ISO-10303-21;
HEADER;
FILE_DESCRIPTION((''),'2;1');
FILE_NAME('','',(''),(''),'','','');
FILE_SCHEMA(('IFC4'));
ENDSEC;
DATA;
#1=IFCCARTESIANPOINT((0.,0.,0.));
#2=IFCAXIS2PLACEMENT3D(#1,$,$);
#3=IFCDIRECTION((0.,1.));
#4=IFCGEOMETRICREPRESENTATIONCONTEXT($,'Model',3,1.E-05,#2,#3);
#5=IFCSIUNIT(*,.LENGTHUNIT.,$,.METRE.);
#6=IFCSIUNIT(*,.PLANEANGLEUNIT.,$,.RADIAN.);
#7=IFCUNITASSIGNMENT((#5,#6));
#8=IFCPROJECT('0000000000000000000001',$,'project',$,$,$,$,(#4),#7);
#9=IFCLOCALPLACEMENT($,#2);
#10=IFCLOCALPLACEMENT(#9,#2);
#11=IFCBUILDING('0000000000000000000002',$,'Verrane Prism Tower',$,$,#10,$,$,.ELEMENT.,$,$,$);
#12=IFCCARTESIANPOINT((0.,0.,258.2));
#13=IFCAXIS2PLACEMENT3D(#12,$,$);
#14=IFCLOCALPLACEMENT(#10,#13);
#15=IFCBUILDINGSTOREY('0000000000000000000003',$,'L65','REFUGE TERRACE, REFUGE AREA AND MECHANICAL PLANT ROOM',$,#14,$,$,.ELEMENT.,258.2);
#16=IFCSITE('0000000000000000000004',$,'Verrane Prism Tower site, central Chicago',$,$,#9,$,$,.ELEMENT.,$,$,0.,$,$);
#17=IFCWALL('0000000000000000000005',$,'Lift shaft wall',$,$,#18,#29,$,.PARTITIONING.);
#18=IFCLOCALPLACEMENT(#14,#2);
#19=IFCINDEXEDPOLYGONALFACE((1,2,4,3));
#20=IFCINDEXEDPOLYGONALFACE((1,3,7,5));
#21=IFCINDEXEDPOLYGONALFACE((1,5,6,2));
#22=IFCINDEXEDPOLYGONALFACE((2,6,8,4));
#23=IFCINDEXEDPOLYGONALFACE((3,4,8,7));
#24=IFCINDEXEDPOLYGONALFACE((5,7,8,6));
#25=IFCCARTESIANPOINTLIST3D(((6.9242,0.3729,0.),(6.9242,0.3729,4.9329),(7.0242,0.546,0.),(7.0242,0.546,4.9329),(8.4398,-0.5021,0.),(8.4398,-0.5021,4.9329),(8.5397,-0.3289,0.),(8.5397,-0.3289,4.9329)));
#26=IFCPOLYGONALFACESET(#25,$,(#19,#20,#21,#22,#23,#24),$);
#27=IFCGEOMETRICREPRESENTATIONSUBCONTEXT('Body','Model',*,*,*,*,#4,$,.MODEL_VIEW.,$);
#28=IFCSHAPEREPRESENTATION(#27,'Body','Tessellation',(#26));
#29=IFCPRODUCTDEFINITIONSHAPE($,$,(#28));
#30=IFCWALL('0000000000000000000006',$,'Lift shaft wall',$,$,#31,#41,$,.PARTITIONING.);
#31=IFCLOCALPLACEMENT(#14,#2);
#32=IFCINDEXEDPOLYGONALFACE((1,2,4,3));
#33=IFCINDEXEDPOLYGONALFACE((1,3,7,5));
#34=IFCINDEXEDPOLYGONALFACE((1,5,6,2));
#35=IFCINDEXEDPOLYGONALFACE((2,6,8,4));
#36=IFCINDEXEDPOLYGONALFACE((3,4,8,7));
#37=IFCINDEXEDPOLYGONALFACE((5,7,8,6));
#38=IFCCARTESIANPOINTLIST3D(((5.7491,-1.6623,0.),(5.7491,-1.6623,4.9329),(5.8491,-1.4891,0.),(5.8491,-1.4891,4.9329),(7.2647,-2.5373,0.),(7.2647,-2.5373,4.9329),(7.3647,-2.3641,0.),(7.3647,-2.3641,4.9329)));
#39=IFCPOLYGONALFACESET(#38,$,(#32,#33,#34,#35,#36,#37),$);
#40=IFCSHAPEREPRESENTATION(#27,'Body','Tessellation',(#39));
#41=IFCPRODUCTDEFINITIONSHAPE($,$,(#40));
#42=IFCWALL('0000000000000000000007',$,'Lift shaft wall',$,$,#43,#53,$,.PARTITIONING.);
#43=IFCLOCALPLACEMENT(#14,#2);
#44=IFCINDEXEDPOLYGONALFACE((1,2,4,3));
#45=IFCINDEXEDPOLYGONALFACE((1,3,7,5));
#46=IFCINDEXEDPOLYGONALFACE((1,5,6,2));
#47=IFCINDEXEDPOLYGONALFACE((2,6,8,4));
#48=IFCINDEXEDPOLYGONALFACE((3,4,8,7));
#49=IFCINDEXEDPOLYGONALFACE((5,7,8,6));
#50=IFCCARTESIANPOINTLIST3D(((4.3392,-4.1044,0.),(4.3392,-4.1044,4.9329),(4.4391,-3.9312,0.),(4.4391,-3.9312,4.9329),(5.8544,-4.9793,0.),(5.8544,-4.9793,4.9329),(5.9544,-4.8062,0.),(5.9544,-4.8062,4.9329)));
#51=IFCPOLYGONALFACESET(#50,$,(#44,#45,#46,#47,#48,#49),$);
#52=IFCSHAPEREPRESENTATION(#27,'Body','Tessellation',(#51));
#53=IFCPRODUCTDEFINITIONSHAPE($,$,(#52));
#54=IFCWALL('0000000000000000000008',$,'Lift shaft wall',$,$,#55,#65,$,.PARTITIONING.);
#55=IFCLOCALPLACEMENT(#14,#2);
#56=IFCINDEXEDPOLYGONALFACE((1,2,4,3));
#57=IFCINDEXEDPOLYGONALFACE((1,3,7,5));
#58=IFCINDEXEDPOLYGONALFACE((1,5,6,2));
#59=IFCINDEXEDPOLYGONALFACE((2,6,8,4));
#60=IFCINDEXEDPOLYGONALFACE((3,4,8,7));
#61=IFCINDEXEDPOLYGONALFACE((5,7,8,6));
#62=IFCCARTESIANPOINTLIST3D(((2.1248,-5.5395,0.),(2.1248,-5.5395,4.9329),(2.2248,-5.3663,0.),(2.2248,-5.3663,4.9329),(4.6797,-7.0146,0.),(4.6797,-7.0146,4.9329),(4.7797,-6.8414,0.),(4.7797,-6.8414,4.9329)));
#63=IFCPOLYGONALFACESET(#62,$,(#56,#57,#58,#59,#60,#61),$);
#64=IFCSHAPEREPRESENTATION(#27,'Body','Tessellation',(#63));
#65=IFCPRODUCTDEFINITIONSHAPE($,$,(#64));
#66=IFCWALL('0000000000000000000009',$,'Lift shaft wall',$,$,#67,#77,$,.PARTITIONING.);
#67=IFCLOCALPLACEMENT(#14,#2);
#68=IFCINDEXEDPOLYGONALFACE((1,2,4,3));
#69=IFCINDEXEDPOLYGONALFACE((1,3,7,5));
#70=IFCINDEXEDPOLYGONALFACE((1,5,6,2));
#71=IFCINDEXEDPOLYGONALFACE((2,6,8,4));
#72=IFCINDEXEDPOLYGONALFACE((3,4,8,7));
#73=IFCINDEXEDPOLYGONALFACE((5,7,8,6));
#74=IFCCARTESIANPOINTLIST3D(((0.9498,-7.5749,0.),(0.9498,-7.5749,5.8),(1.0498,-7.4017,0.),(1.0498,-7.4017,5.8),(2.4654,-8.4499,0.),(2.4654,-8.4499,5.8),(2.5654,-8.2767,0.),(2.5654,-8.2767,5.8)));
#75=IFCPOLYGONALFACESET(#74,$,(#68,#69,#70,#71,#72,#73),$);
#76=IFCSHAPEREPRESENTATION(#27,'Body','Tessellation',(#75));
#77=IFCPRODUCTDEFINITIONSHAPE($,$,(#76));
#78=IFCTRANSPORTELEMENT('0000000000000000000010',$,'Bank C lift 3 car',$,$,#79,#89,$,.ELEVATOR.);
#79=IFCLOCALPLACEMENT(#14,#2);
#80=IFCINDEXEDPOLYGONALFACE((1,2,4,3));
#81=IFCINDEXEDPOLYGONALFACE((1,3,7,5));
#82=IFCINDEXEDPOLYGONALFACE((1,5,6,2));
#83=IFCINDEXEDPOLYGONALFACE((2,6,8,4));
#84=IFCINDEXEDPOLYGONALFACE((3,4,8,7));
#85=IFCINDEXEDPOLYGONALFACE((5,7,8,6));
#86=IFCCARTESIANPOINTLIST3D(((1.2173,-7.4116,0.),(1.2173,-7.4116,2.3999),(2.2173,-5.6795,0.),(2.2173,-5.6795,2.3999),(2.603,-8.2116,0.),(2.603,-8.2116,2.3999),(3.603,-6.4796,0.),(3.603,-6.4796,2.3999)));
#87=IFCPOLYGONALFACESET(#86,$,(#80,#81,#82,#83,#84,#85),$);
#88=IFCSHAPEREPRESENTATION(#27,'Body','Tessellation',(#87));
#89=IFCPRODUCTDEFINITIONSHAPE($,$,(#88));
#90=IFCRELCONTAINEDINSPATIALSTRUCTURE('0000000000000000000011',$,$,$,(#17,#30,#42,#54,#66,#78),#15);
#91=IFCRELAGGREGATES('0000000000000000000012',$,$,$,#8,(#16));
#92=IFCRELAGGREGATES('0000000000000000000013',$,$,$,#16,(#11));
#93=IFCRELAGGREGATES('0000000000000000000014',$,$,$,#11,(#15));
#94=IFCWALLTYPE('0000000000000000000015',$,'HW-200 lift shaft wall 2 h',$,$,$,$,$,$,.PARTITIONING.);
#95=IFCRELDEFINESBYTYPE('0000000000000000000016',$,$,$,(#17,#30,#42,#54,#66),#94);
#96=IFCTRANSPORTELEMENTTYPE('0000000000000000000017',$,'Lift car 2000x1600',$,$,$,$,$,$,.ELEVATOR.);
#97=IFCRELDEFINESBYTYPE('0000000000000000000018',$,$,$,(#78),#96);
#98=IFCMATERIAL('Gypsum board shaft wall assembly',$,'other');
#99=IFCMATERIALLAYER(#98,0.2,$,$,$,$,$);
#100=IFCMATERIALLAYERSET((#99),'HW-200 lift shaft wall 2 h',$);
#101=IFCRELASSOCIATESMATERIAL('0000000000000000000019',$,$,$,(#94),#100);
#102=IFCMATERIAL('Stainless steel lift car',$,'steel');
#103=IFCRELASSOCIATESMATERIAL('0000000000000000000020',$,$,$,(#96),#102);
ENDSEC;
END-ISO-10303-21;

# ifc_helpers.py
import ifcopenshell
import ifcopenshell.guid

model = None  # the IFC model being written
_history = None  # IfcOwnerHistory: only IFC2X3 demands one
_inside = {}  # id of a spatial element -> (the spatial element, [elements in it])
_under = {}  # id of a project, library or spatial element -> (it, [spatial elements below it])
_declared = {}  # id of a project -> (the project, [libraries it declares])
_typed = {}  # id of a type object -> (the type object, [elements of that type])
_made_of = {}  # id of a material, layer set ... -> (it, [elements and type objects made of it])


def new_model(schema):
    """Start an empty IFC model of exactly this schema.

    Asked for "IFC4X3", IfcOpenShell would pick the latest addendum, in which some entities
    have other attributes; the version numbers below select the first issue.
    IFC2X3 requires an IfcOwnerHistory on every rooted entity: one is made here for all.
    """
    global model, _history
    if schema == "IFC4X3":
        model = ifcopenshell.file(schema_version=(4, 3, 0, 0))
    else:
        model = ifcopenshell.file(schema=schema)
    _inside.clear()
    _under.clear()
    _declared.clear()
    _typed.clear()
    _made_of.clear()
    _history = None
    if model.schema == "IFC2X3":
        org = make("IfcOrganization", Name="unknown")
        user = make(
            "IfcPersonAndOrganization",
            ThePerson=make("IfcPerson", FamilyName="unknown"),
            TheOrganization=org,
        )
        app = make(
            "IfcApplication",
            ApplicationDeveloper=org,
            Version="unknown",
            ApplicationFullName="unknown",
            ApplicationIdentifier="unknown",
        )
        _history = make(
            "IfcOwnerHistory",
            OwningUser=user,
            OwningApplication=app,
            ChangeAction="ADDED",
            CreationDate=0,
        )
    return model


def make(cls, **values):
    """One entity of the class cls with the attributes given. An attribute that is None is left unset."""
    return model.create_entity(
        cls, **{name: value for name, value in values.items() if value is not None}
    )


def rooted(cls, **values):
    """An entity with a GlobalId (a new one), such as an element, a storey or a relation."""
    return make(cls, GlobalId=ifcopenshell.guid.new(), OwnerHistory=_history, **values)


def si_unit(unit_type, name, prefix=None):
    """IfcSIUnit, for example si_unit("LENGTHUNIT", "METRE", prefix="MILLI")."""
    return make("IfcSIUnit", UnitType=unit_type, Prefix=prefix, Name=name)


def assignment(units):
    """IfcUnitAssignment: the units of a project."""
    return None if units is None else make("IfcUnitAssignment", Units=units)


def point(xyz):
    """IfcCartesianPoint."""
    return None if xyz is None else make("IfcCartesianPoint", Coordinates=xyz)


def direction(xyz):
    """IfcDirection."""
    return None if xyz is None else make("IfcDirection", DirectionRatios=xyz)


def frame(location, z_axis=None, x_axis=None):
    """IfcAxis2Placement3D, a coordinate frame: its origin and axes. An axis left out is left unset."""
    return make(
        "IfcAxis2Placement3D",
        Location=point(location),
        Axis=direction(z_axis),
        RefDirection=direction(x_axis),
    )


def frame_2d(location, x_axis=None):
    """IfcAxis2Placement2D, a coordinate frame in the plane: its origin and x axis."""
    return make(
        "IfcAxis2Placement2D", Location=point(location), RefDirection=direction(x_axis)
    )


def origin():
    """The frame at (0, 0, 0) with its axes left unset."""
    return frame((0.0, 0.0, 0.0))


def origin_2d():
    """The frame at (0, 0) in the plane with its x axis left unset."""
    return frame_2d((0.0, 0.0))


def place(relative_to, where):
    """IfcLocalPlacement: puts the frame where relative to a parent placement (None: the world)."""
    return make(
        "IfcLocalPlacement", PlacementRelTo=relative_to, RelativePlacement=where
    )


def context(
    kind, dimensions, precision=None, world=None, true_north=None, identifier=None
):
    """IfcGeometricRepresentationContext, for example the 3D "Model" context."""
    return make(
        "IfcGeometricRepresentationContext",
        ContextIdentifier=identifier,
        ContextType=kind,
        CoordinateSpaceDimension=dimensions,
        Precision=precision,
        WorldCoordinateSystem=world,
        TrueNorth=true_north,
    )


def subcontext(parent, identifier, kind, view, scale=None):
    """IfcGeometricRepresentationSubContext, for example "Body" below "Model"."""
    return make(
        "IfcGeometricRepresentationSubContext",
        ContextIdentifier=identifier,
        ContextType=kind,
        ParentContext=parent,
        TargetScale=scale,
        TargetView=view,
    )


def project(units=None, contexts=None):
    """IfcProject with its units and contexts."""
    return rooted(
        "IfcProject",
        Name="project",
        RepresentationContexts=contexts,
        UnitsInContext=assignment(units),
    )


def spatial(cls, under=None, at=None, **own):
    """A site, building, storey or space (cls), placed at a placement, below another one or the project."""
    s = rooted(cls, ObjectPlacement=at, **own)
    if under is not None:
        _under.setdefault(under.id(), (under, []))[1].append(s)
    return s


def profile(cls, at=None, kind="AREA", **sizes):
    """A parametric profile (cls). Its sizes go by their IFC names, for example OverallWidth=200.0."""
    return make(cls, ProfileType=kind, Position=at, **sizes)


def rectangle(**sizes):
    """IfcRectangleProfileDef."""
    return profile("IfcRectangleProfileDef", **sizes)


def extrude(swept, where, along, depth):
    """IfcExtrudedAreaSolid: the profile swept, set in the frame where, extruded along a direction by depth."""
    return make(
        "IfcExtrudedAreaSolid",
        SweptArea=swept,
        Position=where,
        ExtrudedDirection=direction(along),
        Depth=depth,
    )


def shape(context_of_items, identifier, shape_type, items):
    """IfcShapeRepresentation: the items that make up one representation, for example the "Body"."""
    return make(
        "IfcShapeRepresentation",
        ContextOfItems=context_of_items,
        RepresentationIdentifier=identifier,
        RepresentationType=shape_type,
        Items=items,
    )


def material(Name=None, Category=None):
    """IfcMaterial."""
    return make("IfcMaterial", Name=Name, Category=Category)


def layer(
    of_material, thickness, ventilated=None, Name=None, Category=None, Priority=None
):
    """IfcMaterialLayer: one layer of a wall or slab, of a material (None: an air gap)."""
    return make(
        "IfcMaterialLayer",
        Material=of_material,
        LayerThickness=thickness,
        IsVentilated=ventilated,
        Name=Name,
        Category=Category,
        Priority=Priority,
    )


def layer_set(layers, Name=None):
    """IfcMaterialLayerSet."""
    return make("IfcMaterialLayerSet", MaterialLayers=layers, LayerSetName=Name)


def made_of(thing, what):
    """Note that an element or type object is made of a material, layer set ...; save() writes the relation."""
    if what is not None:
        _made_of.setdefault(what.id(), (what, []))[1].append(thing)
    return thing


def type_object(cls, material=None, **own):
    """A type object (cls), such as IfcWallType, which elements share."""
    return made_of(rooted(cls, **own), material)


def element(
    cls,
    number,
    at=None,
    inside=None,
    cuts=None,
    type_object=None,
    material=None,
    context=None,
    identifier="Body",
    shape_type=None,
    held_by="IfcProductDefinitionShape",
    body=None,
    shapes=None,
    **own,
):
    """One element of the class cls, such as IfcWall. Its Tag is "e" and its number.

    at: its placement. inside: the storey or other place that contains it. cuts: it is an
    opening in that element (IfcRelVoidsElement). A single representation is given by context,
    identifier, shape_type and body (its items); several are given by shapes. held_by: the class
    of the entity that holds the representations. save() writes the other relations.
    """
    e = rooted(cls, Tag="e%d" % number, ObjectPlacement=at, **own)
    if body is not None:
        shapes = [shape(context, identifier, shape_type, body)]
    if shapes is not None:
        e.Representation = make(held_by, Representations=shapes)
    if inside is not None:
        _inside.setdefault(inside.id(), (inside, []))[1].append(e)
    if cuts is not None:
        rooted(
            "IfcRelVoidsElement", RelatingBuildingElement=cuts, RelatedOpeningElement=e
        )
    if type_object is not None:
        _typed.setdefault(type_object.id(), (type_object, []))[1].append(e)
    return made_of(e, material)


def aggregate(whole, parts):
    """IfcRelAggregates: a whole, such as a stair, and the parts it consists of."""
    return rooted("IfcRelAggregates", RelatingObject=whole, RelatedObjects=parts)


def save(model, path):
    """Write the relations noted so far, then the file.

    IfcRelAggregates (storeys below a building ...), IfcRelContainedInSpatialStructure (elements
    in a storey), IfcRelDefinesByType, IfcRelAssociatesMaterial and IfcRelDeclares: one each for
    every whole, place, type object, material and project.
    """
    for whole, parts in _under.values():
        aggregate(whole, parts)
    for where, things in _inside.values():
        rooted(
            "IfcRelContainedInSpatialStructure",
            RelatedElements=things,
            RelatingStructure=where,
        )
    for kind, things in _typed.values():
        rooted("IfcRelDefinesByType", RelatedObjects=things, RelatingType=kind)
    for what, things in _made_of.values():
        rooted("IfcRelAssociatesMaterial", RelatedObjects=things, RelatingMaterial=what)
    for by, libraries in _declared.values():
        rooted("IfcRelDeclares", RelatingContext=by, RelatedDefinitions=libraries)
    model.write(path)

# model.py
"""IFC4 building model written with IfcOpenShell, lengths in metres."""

from ifc_helpers import new_model, si_unit, direction, frame, frame_2d, origin, origin_2d, place, context, subcontext, project, spatial, rectangle, extrude, material, layer, layer_set, type_object, element, save


model = new_model("IFC4")

# Units and contexts
model_context = context("Model", 3, precision=1e-05, world=origin(), true_north=direction((0.0, 1.0)))
body_context = subcontext(model_context, "Body", "Model", "MODEL_VIEW")
ifc_project = project(units=[si_unit("LENGTHUNIT", "METRE"), si_unit("PLANEANGLEUNIT", "RADIAN")], contexts=[model_context])

# Site, building, storey
site_placement = place(None, origin())
site = spatial("IfcSite", under=ifc_project, at=site_placement, Name="Verrane Prism Tower site, central Chicago", CompositionType="ELEMENT", RefElevation=0.0)
building_placement = place(site_placement, origin())
building = spatial("IfcBuilding", under=site, at=building_placement, Name="Verrane Prism Tower", CompositionType="ELEMENT")
storey_placement = place(building_placement, frame((0.0, 0.0, 258.2)))
storey = spatial("IfcBuildingStorey", under=building, at=storey_placement, Name="L65", Description="REFUGE TERRACE, REFUGE AREA AND MECHANICAL PLANT ROOM", CompositionType="ELEMENT", Elevation=258.2)

# Shared definitions
ifc_material_1 = material(Name="Gypsum board shaft wall assembly", Category="other")
ifc_layer_1 = layer(ifc_material_1, 0.2)
ifc_layer_set_1 = layer_set([ifc_layer_1], Name="HW-200 lift shaft wall 2 h")
wall_type_1 = type_object("IfcWallType", Name="HW-200 lift shaft wall 2 h", PredefinedType="PARTITIONING", material=ifc_layer_set_1)

# Walls
for number, where, z_axis, x_axis, name in (
    (1, (8.4897, -0.4155, 0.0), (0.0, 0.0, 1.0), (-0.866037, 0.49998, 0.0), "Lift shaft wall"),
    (2, (7.3147, -2.4507, 0.0), (0.0, 0.0, 1.0), (-0.866037, 0.49998, 0.0), "Lift shaft wall"),
):
    element("IfcWall", number, at=place(storey_placement, frame(where, z_axis=z_axis, x_axis=x_axis)), inside=storey, type_object=wall_type_1, Name=name, PredefinedType="PARTITIONING", context=body_context, shape_type="SweptSolid", body=[
        extrude(rectangle(XDim=1.75, YDim=0.2, at=frame_2d((0.875, 0.0))), origin(), (0.0, 0.0, 1.0), 4.9329),
    ])
wall_1_placement = place(storey_placement, frame((5.9045, -4.8928, 0.0), z_axis=(0.0, 0.0, 1.0), x_axis=(-0.866002, 0.50004, 0.0)))
element("IfcWall", 3, at=wall_1_placement, inside=storey, type_object=wall_type_1, Name="Lift shaft wall", PredefinedType="PARTITIONING", context=body_context, shape_type="SweptSolid", body=[
    extrude(rectangle(XDim=1.7498, YDim=0.2, at=frame_2d((0.875, 0.0))), origin(), (0.0, 0.0, 1.0), 4.9329),
])
wall_2_placement = place(storey_placement, frame((4.7297, -6.928, 0.0), z_axis=(0.0, 0.0, 1.0), x_axis=(-0.866024, 0.500002, 0.0)))
element("IfcWall", 4, at=wall_2_placement, inside=storey, type_object=wall_type_1, Name="Lift shaft wall", PredefinedType="PARTITIONING", context=body_context, shape_type="SweptSolid", body=[
    extrude(rectangle(XDim=2.9502, YDim=0.2, at=frame_2d((1.4751, 0.0))), origin(), (0.0, 0.0, 1.0), 4.9329),
])
wall_3_placement = place(storey_placement, frame((2.5154, -8.3633, 0.0), z_axis=(0.0, 0.0, 1.0), x_axis=(-0.866037, 0.49998, 0.0)))
element("IfcWall", 5, at=wall_3_placement, inside=storey, type_object=wall_type_1, Name="Lift shaft wall", PredefinedType="PARTITIONING", context=body_context, shape_type="SweptSolid", body=[
    extrude(rectangle(XDim=1.75, YDim=0.2, at=frame_2d((0.875, 0.0))), origin(), (0.0, 0.0, 1.0), 5.8),
])

# Transport element
ifc_material_2 = material(Name="Stainless steel lift car", Category="steel")
transport_element_type = type_object("IfcTransportElementType", Name="Lift car 2000x1600", PredefinedType="ELEVATOR", material=ifc_material_2)
transport_element_placement = place(storey_placement, frame((2.4102, -6.9456, 0.0), z_axis=(0.0, 0.0, 1.0), x_axis=(0.5, 0.866025, 0.0)))
element("IfcTransportElement", 6, at=transport_element_placement, inside=storey, type_object=transport_element_type, Name="Bank C lift 3 car", PredefinedType="ELEVATOR", context=body_context, shape_type="SweptSolid", body=[
    extrude(rectangle(XDim=2.0, YDim=1.6001, at=origin_2d()), origin(), (0.0, 0.0, 1.0), 2.3999),
])

save(model, "model.ifc")
